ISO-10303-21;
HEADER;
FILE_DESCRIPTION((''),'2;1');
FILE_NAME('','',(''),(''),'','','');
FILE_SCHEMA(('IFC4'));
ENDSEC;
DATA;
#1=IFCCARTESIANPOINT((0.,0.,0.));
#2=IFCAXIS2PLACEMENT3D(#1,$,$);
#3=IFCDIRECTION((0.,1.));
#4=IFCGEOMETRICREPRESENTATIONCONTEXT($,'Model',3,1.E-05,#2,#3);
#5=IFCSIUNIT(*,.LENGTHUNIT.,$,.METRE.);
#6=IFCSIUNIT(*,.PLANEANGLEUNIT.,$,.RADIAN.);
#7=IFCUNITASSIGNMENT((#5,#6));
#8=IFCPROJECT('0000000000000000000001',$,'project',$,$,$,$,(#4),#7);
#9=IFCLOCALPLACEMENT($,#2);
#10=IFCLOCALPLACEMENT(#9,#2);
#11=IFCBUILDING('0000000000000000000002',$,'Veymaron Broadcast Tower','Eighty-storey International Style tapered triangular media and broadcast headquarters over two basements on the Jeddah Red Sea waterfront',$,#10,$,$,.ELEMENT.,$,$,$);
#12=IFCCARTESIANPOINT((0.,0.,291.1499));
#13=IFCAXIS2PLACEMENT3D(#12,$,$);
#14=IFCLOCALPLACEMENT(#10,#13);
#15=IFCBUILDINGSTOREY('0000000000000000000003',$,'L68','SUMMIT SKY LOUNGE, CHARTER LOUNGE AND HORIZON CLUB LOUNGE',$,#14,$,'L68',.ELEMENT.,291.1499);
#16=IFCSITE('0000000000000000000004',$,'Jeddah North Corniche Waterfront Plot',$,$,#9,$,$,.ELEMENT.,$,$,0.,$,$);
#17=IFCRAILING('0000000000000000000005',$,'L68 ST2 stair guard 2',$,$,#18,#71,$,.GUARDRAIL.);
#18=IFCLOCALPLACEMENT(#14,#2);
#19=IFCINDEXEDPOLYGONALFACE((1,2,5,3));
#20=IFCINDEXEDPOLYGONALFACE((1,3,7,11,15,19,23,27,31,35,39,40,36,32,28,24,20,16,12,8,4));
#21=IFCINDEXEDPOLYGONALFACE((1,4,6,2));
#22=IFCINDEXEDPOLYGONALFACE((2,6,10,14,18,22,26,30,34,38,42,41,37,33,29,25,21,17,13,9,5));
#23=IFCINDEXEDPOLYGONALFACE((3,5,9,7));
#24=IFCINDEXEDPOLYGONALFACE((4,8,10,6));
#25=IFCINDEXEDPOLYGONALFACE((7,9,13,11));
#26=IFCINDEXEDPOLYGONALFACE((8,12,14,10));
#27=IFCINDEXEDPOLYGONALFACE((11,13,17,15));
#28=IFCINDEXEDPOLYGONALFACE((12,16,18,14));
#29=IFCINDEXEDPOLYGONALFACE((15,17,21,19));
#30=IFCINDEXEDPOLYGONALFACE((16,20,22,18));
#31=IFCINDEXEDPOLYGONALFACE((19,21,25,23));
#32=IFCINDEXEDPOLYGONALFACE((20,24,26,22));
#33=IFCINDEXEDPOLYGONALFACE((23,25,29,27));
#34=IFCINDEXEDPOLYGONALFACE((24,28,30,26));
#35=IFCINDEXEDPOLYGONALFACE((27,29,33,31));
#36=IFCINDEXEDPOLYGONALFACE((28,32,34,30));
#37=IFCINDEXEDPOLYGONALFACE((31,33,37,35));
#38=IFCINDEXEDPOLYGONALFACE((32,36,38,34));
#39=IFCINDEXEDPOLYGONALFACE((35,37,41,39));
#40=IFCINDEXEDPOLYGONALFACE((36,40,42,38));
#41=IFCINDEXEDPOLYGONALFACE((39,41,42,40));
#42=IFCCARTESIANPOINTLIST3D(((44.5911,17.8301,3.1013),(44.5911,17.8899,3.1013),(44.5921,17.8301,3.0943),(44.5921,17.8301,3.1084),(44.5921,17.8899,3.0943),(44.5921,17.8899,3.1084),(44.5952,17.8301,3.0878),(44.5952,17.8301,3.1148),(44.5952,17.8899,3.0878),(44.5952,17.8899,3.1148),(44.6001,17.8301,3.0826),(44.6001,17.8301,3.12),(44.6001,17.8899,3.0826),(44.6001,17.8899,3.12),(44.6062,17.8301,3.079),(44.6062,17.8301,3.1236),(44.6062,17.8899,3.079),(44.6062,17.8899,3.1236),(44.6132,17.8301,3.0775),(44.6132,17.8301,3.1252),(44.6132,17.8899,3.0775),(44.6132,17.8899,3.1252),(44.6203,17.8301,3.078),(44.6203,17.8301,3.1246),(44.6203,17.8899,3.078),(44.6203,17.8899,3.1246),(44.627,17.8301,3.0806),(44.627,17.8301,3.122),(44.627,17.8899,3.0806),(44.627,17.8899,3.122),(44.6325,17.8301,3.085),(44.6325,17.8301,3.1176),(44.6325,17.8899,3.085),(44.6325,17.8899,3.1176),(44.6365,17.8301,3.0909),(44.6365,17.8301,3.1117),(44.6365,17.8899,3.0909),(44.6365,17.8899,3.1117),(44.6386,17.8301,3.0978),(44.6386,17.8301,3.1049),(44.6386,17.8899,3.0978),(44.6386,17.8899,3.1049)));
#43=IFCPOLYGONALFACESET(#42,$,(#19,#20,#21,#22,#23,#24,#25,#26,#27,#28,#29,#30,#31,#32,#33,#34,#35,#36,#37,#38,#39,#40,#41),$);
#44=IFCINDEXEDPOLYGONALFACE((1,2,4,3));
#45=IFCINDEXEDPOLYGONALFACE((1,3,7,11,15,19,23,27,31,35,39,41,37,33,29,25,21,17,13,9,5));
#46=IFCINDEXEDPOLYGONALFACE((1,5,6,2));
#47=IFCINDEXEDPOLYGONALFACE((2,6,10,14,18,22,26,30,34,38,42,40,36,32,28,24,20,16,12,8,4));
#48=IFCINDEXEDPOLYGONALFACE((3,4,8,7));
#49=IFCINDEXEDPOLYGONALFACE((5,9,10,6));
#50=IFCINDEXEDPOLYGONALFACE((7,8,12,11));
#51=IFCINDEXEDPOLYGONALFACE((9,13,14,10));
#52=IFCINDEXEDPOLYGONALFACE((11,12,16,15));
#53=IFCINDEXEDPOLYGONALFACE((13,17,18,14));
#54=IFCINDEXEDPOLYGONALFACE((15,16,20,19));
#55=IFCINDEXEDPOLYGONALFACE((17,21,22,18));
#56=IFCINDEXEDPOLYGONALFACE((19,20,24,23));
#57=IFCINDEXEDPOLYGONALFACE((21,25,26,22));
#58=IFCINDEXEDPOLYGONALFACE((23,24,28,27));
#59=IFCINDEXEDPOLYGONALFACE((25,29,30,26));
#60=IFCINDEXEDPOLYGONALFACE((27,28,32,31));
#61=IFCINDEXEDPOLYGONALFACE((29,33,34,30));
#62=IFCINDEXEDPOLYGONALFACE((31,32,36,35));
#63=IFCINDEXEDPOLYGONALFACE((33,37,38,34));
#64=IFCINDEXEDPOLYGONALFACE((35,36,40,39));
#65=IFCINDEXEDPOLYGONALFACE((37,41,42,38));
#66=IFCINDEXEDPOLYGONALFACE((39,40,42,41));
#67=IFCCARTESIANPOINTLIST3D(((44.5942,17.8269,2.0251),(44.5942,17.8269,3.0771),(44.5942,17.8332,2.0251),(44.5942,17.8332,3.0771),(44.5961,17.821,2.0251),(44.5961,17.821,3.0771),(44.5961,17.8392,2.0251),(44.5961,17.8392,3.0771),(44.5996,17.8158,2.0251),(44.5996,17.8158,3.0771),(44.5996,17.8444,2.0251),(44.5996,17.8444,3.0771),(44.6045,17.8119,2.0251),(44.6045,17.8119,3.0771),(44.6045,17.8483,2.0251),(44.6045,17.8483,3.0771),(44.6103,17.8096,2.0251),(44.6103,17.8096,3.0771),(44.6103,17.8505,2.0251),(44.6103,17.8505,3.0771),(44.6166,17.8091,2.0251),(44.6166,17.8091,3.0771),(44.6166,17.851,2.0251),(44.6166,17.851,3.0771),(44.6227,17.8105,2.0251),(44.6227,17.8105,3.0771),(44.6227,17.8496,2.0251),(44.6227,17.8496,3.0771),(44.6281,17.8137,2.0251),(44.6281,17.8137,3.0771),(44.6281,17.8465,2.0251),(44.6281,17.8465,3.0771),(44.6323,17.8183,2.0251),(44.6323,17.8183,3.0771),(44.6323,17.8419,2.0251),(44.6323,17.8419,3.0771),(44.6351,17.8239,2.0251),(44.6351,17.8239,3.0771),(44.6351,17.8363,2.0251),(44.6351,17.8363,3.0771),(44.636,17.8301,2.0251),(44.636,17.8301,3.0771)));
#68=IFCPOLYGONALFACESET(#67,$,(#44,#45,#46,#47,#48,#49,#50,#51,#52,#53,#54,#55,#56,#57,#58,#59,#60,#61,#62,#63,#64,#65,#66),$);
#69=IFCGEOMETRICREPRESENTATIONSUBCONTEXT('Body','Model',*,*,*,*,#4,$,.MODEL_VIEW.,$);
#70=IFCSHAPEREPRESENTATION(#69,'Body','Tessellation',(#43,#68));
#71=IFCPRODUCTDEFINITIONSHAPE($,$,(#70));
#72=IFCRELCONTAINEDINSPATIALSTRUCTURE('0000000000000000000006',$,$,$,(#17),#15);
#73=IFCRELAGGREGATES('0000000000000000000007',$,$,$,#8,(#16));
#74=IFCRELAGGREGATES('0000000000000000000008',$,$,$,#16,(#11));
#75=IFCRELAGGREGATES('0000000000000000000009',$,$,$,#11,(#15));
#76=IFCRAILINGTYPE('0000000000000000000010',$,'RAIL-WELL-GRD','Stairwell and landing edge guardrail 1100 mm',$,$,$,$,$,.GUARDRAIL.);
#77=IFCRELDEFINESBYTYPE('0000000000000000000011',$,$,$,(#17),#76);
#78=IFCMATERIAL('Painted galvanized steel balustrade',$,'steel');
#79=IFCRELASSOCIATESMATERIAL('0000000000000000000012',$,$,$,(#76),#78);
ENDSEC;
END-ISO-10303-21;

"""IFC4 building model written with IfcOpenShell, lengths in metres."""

from ifc_helpers import new_model, si_unit, direction, frame, origin, origin_2d, place, context, subcontext, project, spatial, circle, extrude, material, type_object, element, save


model = new_model("IFC4")

# Units and contexts
model_context = context("Model", 3, precision=1e-05, world=origin(), true_north=direction((0.0, 1.0)))
body_context = subcontext(model_context, "Body", "Model", "MODEL_VIEW")
ifc_project = project(units=[si_unit("LENGTHUNIT", "METRE"), si_unit("PLANEANGLEUNIT", "RADIAN")], contexts=[model_context])

# Site, building, storey
site_placement = place(None, origin())
site = spatial("IfcSite", under=ifc_project, at=site_placement, Name="Jeddah North Corniche Waterfront Plot", CompositionType="ELEMENT", RefElevation=0.0)
building_placement = place(site_placement, origin())
building = spatial("IfcBuilding", under=site, at=building_placement, Name="Veymaron Broadcast Tower", Description="Eighty-storey International Style tapered triangular media and broadcast headquarters over two basements on the Jeddah Red Sea waterfront", CompositionType="ELEMENT")
storey_placement = place(building_placement, frame((0.0, 0.0, 291.1499)))
storey = spatial("IfcBuildingStorey", under=building, at=storey_placement, Name="L68", Description="SUMMIT SKY LOUNGE, CHARTER LOUNGE AND HORIZON CLUB LOUNGE", LongName="L68", CompositionType="ELEMENT", Elevation=291.1499)

# Railing
ifc_material_1 = material(Name="Painted galvanized steel balustrade", Category="steel")
railing_type_1 = type_object("IfcRailingType", Name="RAIL-WELL-GRD", Description="Stairwell and landing edge guardrail 1100 mm", PredefinedType="GUARDRAIL", material=ifc_material_1)
railing_1_placement = place(storey_placement, frame((44.615, 17.8301, 2.0251)))
element("IfcRailing", 1, at=railing_1_placement, inside=storey, type_object=railing_type_1, Name="L68 ST2 stair guard 2", PredefinedType="GUARDRAIL", context=body_context, shape_type="SweptSolid", body=[
    extrude(circle(Radius=0.0239, at=origin_2d()), frame((0.0, 0.0, 1.0762), z_axis=(0.0, 1.0, 0.0), x_axis=(-1.0, 0.0, 0.0)), (0.0, 0.0, 1.0), 0.0598),
    extrude(circle(Radius=0.021, at=origin_2d()), origin(), (0.0, 0.0, 1.0), 1.052),
])

save(model, "model.ifc")
